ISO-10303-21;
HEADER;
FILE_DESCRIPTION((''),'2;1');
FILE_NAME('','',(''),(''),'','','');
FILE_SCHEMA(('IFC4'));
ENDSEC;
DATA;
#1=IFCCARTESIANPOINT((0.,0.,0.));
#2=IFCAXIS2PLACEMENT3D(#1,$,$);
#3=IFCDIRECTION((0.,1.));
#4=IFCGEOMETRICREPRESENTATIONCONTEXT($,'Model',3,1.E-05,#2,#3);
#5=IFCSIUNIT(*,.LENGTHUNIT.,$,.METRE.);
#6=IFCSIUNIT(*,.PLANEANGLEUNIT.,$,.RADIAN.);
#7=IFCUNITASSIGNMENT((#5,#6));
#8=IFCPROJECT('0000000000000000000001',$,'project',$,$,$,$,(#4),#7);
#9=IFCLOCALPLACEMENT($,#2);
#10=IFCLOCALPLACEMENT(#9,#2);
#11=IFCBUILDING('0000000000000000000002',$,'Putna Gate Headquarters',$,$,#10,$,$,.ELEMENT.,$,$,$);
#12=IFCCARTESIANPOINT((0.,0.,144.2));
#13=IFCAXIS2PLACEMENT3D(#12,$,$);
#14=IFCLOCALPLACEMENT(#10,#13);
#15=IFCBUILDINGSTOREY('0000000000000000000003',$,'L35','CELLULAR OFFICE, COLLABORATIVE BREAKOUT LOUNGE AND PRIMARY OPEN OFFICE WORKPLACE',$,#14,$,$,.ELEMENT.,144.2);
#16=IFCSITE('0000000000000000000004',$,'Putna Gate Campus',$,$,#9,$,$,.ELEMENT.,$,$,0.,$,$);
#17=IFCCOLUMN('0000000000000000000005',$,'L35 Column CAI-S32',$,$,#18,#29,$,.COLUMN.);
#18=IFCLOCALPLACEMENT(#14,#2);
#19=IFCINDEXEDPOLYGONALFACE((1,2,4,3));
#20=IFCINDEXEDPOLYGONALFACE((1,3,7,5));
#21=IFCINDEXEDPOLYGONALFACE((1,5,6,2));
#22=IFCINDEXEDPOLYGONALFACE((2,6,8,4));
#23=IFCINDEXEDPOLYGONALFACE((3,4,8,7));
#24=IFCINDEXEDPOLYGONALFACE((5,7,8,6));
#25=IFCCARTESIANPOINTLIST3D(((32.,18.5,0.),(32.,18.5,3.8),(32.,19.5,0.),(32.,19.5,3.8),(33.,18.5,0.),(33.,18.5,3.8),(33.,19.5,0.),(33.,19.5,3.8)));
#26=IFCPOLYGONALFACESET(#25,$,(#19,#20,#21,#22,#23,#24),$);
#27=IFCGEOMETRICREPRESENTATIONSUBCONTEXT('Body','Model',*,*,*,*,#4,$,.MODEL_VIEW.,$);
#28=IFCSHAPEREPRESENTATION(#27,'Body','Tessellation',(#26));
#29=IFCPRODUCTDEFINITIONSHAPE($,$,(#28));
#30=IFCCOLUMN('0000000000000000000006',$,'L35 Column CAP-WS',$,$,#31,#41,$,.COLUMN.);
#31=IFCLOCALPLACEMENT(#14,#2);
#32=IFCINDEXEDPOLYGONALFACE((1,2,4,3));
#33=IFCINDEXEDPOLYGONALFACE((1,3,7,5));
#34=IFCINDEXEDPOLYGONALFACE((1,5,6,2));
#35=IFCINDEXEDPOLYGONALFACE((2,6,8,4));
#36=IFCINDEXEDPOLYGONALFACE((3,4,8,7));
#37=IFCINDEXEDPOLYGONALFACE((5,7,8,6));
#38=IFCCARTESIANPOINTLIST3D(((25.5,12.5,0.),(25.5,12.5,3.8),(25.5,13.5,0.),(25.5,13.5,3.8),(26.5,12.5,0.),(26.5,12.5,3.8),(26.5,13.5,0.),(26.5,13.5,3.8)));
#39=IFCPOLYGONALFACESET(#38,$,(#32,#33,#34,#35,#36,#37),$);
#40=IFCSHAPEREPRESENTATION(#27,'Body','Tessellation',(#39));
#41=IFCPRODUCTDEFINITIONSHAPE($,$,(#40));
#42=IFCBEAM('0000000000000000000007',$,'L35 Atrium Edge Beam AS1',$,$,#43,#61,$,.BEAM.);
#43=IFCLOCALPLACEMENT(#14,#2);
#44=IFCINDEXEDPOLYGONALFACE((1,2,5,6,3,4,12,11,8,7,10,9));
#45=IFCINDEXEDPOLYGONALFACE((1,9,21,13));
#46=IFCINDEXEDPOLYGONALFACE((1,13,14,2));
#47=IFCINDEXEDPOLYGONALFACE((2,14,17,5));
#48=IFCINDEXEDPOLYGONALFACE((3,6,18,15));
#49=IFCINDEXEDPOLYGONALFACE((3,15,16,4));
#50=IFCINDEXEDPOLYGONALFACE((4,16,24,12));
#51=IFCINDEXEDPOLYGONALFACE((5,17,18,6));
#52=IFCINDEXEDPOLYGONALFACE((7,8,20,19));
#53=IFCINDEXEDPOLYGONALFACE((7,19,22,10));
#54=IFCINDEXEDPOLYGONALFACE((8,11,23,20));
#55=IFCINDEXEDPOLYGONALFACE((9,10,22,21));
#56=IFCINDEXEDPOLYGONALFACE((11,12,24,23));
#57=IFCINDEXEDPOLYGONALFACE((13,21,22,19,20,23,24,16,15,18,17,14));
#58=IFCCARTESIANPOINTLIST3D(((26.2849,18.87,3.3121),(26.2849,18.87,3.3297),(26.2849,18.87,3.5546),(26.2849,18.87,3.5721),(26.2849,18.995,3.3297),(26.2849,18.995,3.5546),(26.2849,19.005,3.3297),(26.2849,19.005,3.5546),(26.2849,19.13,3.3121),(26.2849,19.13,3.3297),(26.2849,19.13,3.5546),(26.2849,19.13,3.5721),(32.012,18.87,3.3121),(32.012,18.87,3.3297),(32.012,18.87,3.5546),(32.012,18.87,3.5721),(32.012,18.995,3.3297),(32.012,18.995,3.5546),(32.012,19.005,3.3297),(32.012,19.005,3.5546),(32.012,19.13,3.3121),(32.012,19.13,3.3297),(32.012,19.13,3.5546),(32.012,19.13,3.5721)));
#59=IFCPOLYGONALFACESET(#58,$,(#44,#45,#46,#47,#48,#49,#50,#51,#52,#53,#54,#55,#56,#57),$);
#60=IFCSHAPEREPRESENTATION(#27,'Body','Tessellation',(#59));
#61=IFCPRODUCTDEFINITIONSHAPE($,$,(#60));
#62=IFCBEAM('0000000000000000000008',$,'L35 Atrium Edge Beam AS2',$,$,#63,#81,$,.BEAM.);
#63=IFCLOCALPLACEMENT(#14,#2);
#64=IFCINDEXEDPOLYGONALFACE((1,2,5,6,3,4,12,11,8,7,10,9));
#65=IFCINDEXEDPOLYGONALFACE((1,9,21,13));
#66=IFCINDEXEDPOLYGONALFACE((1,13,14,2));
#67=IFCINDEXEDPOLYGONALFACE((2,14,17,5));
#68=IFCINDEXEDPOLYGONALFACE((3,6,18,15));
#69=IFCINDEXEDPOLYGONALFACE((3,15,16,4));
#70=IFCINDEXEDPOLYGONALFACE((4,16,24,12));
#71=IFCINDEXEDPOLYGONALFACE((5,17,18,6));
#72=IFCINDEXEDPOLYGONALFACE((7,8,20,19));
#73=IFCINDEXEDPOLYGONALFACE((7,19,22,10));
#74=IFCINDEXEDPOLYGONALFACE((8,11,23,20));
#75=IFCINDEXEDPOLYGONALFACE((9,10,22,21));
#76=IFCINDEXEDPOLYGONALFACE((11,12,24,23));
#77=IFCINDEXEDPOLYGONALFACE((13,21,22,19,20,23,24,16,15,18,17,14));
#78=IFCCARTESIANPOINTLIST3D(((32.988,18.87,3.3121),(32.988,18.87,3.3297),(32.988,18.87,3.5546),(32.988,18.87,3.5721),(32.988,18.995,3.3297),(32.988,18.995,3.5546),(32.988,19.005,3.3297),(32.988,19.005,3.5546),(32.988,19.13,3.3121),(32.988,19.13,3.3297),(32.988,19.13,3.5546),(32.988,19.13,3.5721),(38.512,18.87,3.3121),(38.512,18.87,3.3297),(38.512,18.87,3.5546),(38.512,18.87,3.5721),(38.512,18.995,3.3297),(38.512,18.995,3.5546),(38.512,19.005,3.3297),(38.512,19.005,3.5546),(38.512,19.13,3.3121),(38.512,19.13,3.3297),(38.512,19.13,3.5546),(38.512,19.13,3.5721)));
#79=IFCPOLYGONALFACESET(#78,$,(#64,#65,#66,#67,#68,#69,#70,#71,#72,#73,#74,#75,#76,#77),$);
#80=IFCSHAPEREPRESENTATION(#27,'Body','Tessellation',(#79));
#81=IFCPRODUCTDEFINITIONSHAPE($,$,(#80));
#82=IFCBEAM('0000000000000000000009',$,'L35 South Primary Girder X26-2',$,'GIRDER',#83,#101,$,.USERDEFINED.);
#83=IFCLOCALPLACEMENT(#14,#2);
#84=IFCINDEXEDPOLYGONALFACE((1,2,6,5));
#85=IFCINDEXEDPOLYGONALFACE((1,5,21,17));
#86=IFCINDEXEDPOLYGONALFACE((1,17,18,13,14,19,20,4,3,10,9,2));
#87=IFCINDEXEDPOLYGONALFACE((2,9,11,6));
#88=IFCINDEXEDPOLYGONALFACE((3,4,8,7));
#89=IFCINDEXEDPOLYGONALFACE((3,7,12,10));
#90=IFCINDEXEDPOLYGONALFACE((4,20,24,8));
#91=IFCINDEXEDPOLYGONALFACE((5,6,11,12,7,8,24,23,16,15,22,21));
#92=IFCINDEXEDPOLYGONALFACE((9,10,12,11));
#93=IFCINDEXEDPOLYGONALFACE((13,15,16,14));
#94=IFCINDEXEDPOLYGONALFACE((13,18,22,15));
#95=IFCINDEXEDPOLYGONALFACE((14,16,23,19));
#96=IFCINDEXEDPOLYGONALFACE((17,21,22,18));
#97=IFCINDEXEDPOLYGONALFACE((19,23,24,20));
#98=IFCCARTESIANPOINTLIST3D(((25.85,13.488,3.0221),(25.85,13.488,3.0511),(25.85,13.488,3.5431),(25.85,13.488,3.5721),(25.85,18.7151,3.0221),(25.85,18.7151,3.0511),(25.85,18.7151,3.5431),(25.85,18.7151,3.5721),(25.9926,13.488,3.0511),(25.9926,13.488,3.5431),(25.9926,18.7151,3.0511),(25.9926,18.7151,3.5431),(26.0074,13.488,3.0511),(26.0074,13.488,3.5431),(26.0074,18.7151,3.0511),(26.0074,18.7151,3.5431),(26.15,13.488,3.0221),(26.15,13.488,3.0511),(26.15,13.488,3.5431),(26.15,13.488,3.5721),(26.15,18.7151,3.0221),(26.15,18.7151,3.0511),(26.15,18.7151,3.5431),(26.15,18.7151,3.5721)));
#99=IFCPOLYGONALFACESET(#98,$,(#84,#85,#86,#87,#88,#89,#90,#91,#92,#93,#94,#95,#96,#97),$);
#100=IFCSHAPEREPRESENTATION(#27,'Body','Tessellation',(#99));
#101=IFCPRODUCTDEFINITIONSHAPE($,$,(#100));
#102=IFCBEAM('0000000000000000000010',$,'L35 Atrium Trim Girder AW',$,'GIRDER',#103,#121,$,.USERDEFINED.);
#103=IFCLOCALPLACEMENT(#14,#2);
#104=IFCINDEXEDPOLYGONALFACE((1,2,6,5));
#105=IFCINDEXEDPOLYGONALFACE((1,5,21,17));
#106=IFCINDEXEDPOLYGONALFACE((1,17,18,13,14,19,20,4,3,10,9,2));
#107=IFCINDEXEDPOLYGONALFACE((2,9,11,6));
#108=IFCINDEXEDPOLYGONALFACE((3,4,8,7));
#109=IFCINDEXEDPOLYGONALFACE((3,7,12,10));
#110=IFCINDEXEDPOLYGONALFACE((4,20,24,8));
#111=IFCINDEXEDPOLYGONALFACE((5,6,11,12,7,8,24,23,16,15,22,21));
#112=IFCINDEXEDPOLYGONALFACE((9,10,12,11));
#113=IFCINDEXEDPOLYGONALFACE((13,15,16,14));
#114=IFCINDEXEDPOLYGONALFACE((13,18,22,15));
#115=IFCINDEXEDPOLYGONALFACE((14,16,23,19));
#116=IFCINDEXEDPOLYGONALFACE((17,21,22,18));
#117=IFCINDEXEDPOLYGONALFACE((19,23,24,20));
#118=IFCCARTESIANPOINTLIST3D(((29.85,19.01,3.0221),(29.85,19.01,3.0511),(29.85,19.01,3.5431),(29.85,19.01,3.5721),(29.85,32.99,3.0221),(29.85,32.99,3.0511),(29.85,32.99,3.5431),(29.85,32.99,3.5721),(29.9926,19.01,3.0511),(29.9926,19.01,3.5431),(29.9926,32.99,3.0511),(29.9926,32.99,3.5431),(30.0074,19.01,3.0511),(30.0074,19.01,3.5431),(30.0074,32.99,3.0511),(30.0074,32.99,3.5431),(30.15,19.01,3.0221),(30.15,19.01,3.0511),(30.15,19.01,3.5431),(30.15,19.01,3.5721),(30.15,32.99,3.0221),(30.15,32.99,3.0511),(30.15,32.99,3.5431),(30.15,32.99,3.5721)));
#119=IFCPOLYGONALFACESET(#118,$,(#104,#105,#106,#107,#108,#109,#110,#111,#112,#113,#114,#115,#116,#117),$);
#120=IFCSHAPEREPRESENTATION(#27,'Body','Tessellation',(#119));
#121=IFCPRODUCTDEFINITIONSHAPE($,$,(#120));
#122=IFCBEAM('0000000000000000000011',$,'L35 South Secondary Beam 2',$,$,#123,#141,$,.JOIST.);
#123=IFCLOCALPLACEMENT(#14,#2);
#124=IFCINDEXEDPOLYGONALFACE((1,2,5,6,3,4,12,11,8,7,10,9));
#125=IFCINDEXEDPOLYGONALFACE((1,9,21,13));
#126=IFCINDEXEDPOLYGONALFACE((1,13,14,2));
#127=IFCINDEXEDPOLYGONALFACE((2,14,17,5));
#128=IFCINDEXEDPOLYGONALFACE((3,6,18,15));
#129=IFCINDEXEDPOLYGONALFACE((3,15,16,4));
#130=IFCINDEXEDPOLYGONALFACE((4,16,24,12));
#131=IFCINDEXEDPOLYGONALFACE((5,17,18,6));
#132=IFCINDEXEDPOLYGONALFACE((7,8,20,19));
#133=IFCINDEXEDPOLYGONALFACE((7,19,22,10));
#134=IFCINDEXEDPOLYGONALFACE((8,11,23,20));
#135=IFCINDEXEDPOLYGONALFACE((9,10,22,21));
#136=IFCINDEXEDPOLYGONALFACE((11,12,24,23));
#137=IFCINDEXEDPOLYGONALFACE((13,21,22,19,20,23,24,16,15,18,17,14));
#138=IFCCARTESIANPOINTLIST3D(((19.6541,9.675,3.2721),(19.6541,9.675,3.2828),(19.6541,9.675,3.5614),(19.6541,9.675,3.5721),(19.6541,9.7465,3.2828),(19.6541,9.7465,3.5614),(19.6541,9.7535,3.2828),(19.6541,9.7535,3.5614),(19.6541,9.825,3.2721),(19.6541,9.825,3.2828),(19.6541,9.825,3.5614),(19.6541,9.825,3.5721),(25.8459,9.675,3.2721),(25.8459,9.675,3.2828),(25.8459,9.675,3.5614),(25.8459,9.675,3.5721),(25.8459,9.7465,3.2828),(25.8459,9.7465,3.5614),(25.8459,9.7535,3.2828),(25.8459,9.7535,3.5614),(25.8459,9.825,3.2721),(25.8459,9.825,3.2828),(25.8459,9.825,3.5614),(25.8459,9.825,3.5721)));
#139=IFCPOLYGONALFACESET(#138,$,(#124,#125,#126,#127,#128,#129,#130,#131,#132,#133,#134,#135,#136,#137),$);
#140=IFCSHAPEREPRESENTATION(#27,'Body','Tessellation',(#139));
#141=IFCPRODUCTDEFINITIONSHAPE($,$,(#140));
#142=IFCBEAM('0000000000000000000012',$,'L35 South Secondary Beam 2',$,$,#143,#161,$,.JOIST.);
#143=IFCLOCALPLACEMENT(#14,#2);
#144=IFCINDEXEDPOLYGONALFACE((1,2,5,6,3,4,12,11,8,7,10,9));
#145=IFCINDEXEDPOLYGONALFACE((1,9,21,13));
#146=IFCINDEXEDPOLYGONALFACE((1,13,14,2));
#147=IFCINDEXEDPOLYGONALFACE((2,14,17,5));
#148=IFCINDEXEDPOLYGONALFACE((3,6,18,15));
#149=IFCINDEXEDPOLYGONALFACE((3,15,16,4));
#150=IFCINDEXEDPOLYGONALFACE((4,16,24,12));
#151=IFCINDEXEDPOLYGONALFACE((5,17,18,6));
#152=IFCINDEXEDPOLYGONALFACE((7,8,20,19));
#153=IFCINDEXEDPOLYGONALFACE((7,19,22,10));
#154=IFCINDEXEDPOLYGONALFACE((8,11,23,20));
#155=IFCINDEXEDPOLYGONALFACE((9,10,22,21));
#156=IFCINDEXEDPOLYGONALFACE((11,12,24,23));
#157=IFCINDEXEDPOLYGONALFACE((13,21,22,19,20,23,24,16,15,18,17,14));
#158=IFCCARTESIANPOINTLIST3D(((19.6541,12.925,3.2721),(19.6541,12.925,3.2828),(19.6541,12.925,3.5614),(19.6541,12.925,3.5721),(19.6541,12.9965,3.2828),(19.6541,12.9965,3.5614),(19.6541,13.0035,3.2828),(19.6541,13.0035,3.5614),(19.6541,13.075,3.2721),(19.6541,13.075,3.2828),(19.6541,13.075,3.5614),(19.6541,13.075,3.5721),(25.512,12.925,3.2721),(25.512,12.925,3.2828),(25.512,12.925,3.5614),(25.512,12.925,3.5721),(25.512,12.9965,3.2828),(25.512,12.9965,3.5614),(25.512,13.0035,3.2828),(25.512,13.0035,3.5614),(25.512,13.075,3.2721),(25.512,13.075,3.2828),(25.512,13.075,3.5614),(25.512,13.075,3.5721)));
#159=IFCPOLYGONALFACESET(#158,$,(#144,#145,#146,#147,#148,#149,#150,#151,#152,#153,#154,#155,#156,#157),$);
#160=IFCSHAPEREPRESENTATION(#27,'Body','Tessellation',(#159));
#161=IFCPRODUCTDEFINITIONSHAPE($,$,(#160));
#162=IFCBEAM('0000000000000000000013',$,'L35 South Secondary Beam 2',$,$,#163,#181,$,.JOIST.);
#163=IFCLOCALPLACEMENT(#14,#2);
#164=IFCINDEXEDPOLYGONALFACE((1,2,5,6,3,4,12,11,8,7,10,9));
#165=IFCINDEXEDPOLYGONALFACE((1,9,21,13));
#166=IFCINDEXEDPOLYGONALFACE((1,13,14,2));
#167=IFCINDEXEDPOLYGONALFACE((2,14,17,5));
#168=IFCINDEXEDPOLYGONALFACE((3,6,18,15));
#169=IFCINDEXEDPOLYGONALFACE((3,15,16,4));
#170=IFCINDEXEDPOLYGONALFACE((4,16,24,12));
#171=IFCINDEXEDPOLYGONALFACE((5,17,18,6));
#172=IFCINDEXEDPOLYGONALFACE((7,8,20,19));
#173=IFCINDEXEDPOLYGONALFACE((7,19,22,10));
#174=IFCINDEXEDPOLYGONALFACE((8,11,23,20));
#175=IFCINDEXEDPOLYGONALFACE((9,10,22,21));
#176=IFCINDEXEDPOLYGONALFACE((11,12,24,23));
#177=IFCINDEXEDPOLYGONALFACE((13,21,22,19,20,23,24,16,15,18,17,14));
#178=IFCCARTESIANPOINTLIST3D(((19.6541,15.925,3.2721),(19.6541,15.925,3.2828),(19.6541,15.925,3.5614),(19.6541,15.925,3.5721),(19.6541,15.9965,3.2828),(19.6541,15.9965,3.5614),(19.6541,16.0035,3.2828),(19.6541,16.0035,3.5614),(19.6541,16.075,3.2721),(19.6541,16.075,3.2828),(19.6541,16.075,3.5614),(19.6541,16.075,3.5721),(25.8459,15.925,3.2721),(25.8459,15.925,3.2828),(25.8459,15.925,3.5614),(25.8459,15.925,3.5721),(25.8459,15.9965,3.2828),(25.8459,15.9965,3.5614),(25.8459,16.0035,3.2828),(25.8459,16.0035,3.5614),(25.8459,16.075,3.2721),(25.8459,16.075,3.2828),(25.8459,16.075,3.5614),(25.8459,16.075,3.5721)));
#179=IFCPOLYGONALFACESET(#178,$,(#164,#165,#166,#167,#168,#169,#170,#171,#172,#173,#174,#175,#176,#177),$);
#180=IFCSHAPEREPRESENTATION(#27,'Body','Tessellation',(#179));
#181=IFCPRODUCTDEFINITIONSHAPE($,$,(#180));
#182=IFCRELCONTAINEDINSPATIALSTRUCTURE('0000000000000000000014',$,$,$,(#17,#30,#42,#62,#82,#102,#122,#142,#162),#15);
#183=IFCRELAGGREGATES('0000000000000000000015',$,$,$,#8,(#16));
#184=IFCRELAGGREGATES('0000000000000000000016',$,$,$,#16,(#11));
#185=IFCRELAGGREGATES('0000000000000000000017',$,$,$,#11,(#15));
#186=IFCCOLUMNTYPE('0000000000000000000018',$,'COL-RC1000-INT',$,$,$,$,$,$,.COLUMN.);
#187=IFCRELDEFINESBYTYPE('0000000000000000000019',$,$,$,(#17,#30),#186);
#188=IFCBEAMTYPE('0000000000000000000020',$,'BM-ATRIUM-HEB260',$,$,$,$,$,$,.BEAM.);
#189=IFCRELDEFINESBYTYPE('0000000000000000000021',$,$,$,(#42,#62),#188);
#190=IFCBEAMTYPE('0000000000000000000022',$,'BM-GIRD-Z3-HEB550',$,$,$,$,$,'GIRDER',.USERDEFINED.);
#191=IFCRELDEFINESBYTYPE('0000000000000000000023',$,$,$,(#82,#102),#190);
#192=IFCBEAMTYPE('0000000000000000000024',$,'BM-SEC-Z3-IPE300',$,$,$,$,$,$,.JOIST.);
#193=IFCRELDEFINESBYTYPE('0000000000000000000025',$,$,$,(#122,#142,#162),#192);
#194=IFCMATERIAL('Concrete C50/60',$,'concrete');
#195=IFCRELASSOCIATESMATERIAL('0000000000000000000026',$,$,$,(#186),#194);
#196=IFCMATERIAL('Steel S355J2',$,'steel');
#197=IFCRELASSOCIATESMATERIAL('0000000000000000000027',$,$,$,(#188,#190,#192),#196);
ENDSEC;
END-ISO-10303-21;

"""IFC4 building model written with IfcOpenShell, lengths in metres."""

from ifc_helpers import new_model, si_unit, direction, frame, origin, origin_2d, place, context, subcontext, project, spatial, rectangle, i_section, extrude, material, material_profile, profile_set, type_object, element, save


model = new_model("IFC4")

# Units and contexts
model_context = context("Model", 3, precision=1e-05, world=origin(), true_north=direction((0.0, 1.0)))
body_context = subcontext(model_context, "Body", "Model", "MODEL_VIEW")
ifc_project = project(units=[si_unit("LENGTHUNIT", "METRE"), si_unit("PLANEANGLEUNIT", "RADIAN")], contexts=[model_context])

# Site, building, storey
site_placement = place(None, origin())
site = spatial("IfcSite", under=ifc_project, at=site_placement, Name="Putna Gate Campus", CompositionType="ELEMENT", RefElevation=0.0)
building_placement = place(site_placement, origin())
building = spatial("IfcBuilding", under=site, at=building_placement, Name="Putna Gate Headquarters", CompositionType="ELEMENT")
storey_placement = place(building_placement, frame((0.0, 0.0, 144.2)))
storey = spatial("IfcBuildingStorey", under=building, at=storey_placement, Name="L35", Description="CELLULAR OFFICE, COLLABORATIVE BREAKOUT LOUNGE AND PRIMARY OPEN OFFICE WORKPLACE", CompositionType="ELEMENT", Elevation=144.2)

# Columns
ifc_material_1 = material(Name="Concrete C50/60", Category="concrete")
ifc_material_profile_1 = material_profile(ifc_material_1, rectangle(XDim=1.0, YDim=1.0, at=origin_2d()), Name="Concrete C50/60")
ifc_profile_set_1 = profile_set([ifc_material_profile_1], Name="Concrete C50/60")
column_type = type_object("IfcColumnType", Name="COL-RC1000-INT", PredefinedType="COLUMN", material=ifc_profile_set_1)
for number, where, z_axis, x_axis, name in (
    (1, (32.5, 19.0, 0.0), (0.0, 0.0, 1.0), (1.0, 0.0, 0.0), "L35 Column CAI-S32"),
    (2, (26.0, 13.0, 0.0), (0.0, 0.0, 1.0), (1.0, 0.0, 0.0), "L35 Column CAP-WS"),
):
    element("IfcColumn", number, at=place(storey_placement, frame(where, z_axis=z_axis, x_axis=x_axis)), inside=storey, type_object=column_type, Name=name, PredefinedType="COLUMN", context=body_context, shape_type="SweptSolid", body=[
        extrude(rectangle(XDim=1.0, YDim=1.0, at=origin_2d()), origin(), (0.0, 0.0, 1.0), 3.8),
    ])

# Beams
ifc_material_2 = material(Name="Steel S355J2", Category="steel")
ifc_material_profile_2 = material_profile(ifc_material_2, i_section(OverallWidth=0.26, OverallDepth=0.26, WebThickness=0.01, FlangeThickness=0.0176, at=origin_2d()), Name="Steel S355J2")
ifc_profile_set_2 = profile_set([ifc_material_profile_2], Name="Steel S355J2")
beam_type_1 = type_object("IfcBeamType", Name="BM-ATRIUM-HEB260", PredefinedType="BEAM", material=ifc_profile_set_2)
beam_1_placement = place(storey_placement, frame((26.2849, 19.0, 3.4421), z_axis=(1.0, 0.0, 0.0), x_axis=(0.0, 1.0, 0.0)))
element("IfcBeam", 3, at=beam_1_placement, inside=storey, type_object=beam_type_1, Name="L35 Atrium Edge Beam AS1", PredefinedType="BEAM", context=body_context, shape_type="SweptSolid", body=[
    extrude(i_section(OverallWidth=0.26, OverallDepth=0.26, WebThickness=0.01, FlangeThickness=0.0176, at=origin_2d()), origin(), (0.0, 0.0, 1.0), 5.7271),
])
beam_2_placement = place(storey_placement, frame((32.988, 19.0, 3.4421), z_axis=(1.0, 0.0, 0.0), x_axis=(0.0, 1.0, 0.0)))
element("IfcBeam", 4, at=beam_2_placement, inside=storey, type_object=beam_type_1, Name="L35 Atrium Edge Beam AS2", PredefinedType="BEAM", context=body_context, shape_type="SweptSolid", body=[
    extrude(i_section(OverallWidth=0.26, OverallDepth=0.26, WebThickness=0.01, FlangeThickness=0.0176, at=origin_2d()), origin(), (0.0, 0.0, 1.0), 5.5239),
])
ifc_material_profile_3 = material_profile(ifc_material_2, i_section(OverallWidth=0.3, OverallDepth=0.55, WebThickness=0.0149, FlangeThickness=0.0291, at=origin_2d()), Name="Steel S355J2")
ifc_profile_set_3 = profile_set([ifc_material_profile_3], Name="Steel S355J2")
beam_type_2 = type_object("IfcBeamType", Name="BM-GIRD-Z3-HEB550", ElementType="GIRDER", PredefinedType="USERDEFINED", material=ifc_profile_set_3)
beam_3_placement = place(storey_placement, frame((26.0, 13.488, 3.2971), z_axis=(0.0, 1.0, 0.0), x_axis=(-1.0, 0.0, 0.0)))
element("IfcBeam", 5, at=beam_3_placement, inside=storey, type_object=beam_type_2, Name="L35 South Primary Girder X26-2", ObjectType="GIRDER", PredefinedType="USERDEFINED", context=body_context, shape_type="SweptSolid", body=[
    extrude(i_section(OverallWidth=0.3, OverallDepth=0.55, WebThickness=0.0149, FlangeThickness=0.0291, at=origin_2d()), origin(), (0.0, 0.0, 1.0), 5.2271),
])
beam_4_placement = place(storey_placement, frame((30.0, 19.01, 3.2971), z_axis=(0.0, 1.0, 0.0), x_axis=(-1.0, 0.0, 0.0)))
element("IfcBeam", 6, at=beam_4_placement, inside=storey, type_object=beam_type_2, Name="L35 Atrium Trim Girder AW", ObjectType="GIRDER", PredefinedType="USERDEFINED", context=body_context, shape_type="SweptSolid", body=[
    extrude(i_section(OverallWidth=0.3, OverallDepth=0.55, WebThickness=0.0149, FlangeThickness=0.0291, at=origin_2d()), origin(), (0.0, 0.0, 1.0), 13.98),
])
ifc_material_profile_4 = material_profile(ifc_material_2, i_section(OverallWidth=0.1499, OverallDepth=0.3, WebThickness=0.0071, FlangeThickness=0.0107, at=origin_2d()), Name="Steel S355J2")
ifc_profile_set_4 = profile_set([ifc_material_profile_4], Name="Steel S355J2")
beam_type_3 = type_object("IfcBeamType", Name="BM-SEC-Z3-IPE300", PredefinedType="JOIST", material=ifc_profile_set_4)
beam_5_placement = place(storey_placement, frame((19.6541, 9.75, 3.4221), z_axis=(1.0, 0.0, 0.0), x_axis=(0.0, 1.0, 0.0)))
element("IfcBeam", 7, at=beam_5_placement, inside=storey, type_object=beam_type_3, Name="L35 South Secondary Beam 2", PredefinedType="JOIST", context=body_context, shape_type="SweptSolid", body=[
    extrude(i_section(OverallWidth=0.1499, OverallDepth=0.3, WebThickness=0.0071, FlangeThickness=0.0107, at=origin_2d()), origin(), (0.0, 0.0, 1.0), 6.1919),
])
beam_6_placement = place(storey_placement, frame((19.6541, 13.0, 3.4221), z_axis=(1.0, 0.0, 0.0), x_axis=(0.0, 1.0, 0.0)))
element("IfcBeam", 8, at=beam_6_placement, inside=storey, type_object=beam_type_3, Name="L35 South Secondary Beam 2", PredefinedType="JOIST", context=body_context, shape_type="SweptSolid", body=[
    extrude(i_section(OverallWidth=0.1499, OverallDepth=0.3, WebThickness=0.0071, FlangeThickness=0.0107, at=origin_2d()), origin(), (0.0, 0.0, 1.0), 5.8579),
])
for number, where, z_axis, x_axis, name in (
    (9, (19.6541, 16.0, 3.4221), (1.0, 0.0, 0.0), (0.0, 1.0, 0.0), "L35 South Secondary Beam 2"),
):
    element("IfcBeam", number, at=place(storey_placement, frame(where, z_axis=z_axis, x_axis=x_axis)), inside=storey, type_object=beam_type_3, Name=name, PredefinedType="JOIST", context=body_context, shape_type="SweptSolid", body=[
        extrude(i_section(OverallWidth=0.1499, OverallDepth=0.3, WebThickness=0.0071, FlangeThickness=0.0107, at=origin_2d()), origin(), (0.0, 0.0, 1.0), 6.1919),
    ])

save(model, "model.ifc")
